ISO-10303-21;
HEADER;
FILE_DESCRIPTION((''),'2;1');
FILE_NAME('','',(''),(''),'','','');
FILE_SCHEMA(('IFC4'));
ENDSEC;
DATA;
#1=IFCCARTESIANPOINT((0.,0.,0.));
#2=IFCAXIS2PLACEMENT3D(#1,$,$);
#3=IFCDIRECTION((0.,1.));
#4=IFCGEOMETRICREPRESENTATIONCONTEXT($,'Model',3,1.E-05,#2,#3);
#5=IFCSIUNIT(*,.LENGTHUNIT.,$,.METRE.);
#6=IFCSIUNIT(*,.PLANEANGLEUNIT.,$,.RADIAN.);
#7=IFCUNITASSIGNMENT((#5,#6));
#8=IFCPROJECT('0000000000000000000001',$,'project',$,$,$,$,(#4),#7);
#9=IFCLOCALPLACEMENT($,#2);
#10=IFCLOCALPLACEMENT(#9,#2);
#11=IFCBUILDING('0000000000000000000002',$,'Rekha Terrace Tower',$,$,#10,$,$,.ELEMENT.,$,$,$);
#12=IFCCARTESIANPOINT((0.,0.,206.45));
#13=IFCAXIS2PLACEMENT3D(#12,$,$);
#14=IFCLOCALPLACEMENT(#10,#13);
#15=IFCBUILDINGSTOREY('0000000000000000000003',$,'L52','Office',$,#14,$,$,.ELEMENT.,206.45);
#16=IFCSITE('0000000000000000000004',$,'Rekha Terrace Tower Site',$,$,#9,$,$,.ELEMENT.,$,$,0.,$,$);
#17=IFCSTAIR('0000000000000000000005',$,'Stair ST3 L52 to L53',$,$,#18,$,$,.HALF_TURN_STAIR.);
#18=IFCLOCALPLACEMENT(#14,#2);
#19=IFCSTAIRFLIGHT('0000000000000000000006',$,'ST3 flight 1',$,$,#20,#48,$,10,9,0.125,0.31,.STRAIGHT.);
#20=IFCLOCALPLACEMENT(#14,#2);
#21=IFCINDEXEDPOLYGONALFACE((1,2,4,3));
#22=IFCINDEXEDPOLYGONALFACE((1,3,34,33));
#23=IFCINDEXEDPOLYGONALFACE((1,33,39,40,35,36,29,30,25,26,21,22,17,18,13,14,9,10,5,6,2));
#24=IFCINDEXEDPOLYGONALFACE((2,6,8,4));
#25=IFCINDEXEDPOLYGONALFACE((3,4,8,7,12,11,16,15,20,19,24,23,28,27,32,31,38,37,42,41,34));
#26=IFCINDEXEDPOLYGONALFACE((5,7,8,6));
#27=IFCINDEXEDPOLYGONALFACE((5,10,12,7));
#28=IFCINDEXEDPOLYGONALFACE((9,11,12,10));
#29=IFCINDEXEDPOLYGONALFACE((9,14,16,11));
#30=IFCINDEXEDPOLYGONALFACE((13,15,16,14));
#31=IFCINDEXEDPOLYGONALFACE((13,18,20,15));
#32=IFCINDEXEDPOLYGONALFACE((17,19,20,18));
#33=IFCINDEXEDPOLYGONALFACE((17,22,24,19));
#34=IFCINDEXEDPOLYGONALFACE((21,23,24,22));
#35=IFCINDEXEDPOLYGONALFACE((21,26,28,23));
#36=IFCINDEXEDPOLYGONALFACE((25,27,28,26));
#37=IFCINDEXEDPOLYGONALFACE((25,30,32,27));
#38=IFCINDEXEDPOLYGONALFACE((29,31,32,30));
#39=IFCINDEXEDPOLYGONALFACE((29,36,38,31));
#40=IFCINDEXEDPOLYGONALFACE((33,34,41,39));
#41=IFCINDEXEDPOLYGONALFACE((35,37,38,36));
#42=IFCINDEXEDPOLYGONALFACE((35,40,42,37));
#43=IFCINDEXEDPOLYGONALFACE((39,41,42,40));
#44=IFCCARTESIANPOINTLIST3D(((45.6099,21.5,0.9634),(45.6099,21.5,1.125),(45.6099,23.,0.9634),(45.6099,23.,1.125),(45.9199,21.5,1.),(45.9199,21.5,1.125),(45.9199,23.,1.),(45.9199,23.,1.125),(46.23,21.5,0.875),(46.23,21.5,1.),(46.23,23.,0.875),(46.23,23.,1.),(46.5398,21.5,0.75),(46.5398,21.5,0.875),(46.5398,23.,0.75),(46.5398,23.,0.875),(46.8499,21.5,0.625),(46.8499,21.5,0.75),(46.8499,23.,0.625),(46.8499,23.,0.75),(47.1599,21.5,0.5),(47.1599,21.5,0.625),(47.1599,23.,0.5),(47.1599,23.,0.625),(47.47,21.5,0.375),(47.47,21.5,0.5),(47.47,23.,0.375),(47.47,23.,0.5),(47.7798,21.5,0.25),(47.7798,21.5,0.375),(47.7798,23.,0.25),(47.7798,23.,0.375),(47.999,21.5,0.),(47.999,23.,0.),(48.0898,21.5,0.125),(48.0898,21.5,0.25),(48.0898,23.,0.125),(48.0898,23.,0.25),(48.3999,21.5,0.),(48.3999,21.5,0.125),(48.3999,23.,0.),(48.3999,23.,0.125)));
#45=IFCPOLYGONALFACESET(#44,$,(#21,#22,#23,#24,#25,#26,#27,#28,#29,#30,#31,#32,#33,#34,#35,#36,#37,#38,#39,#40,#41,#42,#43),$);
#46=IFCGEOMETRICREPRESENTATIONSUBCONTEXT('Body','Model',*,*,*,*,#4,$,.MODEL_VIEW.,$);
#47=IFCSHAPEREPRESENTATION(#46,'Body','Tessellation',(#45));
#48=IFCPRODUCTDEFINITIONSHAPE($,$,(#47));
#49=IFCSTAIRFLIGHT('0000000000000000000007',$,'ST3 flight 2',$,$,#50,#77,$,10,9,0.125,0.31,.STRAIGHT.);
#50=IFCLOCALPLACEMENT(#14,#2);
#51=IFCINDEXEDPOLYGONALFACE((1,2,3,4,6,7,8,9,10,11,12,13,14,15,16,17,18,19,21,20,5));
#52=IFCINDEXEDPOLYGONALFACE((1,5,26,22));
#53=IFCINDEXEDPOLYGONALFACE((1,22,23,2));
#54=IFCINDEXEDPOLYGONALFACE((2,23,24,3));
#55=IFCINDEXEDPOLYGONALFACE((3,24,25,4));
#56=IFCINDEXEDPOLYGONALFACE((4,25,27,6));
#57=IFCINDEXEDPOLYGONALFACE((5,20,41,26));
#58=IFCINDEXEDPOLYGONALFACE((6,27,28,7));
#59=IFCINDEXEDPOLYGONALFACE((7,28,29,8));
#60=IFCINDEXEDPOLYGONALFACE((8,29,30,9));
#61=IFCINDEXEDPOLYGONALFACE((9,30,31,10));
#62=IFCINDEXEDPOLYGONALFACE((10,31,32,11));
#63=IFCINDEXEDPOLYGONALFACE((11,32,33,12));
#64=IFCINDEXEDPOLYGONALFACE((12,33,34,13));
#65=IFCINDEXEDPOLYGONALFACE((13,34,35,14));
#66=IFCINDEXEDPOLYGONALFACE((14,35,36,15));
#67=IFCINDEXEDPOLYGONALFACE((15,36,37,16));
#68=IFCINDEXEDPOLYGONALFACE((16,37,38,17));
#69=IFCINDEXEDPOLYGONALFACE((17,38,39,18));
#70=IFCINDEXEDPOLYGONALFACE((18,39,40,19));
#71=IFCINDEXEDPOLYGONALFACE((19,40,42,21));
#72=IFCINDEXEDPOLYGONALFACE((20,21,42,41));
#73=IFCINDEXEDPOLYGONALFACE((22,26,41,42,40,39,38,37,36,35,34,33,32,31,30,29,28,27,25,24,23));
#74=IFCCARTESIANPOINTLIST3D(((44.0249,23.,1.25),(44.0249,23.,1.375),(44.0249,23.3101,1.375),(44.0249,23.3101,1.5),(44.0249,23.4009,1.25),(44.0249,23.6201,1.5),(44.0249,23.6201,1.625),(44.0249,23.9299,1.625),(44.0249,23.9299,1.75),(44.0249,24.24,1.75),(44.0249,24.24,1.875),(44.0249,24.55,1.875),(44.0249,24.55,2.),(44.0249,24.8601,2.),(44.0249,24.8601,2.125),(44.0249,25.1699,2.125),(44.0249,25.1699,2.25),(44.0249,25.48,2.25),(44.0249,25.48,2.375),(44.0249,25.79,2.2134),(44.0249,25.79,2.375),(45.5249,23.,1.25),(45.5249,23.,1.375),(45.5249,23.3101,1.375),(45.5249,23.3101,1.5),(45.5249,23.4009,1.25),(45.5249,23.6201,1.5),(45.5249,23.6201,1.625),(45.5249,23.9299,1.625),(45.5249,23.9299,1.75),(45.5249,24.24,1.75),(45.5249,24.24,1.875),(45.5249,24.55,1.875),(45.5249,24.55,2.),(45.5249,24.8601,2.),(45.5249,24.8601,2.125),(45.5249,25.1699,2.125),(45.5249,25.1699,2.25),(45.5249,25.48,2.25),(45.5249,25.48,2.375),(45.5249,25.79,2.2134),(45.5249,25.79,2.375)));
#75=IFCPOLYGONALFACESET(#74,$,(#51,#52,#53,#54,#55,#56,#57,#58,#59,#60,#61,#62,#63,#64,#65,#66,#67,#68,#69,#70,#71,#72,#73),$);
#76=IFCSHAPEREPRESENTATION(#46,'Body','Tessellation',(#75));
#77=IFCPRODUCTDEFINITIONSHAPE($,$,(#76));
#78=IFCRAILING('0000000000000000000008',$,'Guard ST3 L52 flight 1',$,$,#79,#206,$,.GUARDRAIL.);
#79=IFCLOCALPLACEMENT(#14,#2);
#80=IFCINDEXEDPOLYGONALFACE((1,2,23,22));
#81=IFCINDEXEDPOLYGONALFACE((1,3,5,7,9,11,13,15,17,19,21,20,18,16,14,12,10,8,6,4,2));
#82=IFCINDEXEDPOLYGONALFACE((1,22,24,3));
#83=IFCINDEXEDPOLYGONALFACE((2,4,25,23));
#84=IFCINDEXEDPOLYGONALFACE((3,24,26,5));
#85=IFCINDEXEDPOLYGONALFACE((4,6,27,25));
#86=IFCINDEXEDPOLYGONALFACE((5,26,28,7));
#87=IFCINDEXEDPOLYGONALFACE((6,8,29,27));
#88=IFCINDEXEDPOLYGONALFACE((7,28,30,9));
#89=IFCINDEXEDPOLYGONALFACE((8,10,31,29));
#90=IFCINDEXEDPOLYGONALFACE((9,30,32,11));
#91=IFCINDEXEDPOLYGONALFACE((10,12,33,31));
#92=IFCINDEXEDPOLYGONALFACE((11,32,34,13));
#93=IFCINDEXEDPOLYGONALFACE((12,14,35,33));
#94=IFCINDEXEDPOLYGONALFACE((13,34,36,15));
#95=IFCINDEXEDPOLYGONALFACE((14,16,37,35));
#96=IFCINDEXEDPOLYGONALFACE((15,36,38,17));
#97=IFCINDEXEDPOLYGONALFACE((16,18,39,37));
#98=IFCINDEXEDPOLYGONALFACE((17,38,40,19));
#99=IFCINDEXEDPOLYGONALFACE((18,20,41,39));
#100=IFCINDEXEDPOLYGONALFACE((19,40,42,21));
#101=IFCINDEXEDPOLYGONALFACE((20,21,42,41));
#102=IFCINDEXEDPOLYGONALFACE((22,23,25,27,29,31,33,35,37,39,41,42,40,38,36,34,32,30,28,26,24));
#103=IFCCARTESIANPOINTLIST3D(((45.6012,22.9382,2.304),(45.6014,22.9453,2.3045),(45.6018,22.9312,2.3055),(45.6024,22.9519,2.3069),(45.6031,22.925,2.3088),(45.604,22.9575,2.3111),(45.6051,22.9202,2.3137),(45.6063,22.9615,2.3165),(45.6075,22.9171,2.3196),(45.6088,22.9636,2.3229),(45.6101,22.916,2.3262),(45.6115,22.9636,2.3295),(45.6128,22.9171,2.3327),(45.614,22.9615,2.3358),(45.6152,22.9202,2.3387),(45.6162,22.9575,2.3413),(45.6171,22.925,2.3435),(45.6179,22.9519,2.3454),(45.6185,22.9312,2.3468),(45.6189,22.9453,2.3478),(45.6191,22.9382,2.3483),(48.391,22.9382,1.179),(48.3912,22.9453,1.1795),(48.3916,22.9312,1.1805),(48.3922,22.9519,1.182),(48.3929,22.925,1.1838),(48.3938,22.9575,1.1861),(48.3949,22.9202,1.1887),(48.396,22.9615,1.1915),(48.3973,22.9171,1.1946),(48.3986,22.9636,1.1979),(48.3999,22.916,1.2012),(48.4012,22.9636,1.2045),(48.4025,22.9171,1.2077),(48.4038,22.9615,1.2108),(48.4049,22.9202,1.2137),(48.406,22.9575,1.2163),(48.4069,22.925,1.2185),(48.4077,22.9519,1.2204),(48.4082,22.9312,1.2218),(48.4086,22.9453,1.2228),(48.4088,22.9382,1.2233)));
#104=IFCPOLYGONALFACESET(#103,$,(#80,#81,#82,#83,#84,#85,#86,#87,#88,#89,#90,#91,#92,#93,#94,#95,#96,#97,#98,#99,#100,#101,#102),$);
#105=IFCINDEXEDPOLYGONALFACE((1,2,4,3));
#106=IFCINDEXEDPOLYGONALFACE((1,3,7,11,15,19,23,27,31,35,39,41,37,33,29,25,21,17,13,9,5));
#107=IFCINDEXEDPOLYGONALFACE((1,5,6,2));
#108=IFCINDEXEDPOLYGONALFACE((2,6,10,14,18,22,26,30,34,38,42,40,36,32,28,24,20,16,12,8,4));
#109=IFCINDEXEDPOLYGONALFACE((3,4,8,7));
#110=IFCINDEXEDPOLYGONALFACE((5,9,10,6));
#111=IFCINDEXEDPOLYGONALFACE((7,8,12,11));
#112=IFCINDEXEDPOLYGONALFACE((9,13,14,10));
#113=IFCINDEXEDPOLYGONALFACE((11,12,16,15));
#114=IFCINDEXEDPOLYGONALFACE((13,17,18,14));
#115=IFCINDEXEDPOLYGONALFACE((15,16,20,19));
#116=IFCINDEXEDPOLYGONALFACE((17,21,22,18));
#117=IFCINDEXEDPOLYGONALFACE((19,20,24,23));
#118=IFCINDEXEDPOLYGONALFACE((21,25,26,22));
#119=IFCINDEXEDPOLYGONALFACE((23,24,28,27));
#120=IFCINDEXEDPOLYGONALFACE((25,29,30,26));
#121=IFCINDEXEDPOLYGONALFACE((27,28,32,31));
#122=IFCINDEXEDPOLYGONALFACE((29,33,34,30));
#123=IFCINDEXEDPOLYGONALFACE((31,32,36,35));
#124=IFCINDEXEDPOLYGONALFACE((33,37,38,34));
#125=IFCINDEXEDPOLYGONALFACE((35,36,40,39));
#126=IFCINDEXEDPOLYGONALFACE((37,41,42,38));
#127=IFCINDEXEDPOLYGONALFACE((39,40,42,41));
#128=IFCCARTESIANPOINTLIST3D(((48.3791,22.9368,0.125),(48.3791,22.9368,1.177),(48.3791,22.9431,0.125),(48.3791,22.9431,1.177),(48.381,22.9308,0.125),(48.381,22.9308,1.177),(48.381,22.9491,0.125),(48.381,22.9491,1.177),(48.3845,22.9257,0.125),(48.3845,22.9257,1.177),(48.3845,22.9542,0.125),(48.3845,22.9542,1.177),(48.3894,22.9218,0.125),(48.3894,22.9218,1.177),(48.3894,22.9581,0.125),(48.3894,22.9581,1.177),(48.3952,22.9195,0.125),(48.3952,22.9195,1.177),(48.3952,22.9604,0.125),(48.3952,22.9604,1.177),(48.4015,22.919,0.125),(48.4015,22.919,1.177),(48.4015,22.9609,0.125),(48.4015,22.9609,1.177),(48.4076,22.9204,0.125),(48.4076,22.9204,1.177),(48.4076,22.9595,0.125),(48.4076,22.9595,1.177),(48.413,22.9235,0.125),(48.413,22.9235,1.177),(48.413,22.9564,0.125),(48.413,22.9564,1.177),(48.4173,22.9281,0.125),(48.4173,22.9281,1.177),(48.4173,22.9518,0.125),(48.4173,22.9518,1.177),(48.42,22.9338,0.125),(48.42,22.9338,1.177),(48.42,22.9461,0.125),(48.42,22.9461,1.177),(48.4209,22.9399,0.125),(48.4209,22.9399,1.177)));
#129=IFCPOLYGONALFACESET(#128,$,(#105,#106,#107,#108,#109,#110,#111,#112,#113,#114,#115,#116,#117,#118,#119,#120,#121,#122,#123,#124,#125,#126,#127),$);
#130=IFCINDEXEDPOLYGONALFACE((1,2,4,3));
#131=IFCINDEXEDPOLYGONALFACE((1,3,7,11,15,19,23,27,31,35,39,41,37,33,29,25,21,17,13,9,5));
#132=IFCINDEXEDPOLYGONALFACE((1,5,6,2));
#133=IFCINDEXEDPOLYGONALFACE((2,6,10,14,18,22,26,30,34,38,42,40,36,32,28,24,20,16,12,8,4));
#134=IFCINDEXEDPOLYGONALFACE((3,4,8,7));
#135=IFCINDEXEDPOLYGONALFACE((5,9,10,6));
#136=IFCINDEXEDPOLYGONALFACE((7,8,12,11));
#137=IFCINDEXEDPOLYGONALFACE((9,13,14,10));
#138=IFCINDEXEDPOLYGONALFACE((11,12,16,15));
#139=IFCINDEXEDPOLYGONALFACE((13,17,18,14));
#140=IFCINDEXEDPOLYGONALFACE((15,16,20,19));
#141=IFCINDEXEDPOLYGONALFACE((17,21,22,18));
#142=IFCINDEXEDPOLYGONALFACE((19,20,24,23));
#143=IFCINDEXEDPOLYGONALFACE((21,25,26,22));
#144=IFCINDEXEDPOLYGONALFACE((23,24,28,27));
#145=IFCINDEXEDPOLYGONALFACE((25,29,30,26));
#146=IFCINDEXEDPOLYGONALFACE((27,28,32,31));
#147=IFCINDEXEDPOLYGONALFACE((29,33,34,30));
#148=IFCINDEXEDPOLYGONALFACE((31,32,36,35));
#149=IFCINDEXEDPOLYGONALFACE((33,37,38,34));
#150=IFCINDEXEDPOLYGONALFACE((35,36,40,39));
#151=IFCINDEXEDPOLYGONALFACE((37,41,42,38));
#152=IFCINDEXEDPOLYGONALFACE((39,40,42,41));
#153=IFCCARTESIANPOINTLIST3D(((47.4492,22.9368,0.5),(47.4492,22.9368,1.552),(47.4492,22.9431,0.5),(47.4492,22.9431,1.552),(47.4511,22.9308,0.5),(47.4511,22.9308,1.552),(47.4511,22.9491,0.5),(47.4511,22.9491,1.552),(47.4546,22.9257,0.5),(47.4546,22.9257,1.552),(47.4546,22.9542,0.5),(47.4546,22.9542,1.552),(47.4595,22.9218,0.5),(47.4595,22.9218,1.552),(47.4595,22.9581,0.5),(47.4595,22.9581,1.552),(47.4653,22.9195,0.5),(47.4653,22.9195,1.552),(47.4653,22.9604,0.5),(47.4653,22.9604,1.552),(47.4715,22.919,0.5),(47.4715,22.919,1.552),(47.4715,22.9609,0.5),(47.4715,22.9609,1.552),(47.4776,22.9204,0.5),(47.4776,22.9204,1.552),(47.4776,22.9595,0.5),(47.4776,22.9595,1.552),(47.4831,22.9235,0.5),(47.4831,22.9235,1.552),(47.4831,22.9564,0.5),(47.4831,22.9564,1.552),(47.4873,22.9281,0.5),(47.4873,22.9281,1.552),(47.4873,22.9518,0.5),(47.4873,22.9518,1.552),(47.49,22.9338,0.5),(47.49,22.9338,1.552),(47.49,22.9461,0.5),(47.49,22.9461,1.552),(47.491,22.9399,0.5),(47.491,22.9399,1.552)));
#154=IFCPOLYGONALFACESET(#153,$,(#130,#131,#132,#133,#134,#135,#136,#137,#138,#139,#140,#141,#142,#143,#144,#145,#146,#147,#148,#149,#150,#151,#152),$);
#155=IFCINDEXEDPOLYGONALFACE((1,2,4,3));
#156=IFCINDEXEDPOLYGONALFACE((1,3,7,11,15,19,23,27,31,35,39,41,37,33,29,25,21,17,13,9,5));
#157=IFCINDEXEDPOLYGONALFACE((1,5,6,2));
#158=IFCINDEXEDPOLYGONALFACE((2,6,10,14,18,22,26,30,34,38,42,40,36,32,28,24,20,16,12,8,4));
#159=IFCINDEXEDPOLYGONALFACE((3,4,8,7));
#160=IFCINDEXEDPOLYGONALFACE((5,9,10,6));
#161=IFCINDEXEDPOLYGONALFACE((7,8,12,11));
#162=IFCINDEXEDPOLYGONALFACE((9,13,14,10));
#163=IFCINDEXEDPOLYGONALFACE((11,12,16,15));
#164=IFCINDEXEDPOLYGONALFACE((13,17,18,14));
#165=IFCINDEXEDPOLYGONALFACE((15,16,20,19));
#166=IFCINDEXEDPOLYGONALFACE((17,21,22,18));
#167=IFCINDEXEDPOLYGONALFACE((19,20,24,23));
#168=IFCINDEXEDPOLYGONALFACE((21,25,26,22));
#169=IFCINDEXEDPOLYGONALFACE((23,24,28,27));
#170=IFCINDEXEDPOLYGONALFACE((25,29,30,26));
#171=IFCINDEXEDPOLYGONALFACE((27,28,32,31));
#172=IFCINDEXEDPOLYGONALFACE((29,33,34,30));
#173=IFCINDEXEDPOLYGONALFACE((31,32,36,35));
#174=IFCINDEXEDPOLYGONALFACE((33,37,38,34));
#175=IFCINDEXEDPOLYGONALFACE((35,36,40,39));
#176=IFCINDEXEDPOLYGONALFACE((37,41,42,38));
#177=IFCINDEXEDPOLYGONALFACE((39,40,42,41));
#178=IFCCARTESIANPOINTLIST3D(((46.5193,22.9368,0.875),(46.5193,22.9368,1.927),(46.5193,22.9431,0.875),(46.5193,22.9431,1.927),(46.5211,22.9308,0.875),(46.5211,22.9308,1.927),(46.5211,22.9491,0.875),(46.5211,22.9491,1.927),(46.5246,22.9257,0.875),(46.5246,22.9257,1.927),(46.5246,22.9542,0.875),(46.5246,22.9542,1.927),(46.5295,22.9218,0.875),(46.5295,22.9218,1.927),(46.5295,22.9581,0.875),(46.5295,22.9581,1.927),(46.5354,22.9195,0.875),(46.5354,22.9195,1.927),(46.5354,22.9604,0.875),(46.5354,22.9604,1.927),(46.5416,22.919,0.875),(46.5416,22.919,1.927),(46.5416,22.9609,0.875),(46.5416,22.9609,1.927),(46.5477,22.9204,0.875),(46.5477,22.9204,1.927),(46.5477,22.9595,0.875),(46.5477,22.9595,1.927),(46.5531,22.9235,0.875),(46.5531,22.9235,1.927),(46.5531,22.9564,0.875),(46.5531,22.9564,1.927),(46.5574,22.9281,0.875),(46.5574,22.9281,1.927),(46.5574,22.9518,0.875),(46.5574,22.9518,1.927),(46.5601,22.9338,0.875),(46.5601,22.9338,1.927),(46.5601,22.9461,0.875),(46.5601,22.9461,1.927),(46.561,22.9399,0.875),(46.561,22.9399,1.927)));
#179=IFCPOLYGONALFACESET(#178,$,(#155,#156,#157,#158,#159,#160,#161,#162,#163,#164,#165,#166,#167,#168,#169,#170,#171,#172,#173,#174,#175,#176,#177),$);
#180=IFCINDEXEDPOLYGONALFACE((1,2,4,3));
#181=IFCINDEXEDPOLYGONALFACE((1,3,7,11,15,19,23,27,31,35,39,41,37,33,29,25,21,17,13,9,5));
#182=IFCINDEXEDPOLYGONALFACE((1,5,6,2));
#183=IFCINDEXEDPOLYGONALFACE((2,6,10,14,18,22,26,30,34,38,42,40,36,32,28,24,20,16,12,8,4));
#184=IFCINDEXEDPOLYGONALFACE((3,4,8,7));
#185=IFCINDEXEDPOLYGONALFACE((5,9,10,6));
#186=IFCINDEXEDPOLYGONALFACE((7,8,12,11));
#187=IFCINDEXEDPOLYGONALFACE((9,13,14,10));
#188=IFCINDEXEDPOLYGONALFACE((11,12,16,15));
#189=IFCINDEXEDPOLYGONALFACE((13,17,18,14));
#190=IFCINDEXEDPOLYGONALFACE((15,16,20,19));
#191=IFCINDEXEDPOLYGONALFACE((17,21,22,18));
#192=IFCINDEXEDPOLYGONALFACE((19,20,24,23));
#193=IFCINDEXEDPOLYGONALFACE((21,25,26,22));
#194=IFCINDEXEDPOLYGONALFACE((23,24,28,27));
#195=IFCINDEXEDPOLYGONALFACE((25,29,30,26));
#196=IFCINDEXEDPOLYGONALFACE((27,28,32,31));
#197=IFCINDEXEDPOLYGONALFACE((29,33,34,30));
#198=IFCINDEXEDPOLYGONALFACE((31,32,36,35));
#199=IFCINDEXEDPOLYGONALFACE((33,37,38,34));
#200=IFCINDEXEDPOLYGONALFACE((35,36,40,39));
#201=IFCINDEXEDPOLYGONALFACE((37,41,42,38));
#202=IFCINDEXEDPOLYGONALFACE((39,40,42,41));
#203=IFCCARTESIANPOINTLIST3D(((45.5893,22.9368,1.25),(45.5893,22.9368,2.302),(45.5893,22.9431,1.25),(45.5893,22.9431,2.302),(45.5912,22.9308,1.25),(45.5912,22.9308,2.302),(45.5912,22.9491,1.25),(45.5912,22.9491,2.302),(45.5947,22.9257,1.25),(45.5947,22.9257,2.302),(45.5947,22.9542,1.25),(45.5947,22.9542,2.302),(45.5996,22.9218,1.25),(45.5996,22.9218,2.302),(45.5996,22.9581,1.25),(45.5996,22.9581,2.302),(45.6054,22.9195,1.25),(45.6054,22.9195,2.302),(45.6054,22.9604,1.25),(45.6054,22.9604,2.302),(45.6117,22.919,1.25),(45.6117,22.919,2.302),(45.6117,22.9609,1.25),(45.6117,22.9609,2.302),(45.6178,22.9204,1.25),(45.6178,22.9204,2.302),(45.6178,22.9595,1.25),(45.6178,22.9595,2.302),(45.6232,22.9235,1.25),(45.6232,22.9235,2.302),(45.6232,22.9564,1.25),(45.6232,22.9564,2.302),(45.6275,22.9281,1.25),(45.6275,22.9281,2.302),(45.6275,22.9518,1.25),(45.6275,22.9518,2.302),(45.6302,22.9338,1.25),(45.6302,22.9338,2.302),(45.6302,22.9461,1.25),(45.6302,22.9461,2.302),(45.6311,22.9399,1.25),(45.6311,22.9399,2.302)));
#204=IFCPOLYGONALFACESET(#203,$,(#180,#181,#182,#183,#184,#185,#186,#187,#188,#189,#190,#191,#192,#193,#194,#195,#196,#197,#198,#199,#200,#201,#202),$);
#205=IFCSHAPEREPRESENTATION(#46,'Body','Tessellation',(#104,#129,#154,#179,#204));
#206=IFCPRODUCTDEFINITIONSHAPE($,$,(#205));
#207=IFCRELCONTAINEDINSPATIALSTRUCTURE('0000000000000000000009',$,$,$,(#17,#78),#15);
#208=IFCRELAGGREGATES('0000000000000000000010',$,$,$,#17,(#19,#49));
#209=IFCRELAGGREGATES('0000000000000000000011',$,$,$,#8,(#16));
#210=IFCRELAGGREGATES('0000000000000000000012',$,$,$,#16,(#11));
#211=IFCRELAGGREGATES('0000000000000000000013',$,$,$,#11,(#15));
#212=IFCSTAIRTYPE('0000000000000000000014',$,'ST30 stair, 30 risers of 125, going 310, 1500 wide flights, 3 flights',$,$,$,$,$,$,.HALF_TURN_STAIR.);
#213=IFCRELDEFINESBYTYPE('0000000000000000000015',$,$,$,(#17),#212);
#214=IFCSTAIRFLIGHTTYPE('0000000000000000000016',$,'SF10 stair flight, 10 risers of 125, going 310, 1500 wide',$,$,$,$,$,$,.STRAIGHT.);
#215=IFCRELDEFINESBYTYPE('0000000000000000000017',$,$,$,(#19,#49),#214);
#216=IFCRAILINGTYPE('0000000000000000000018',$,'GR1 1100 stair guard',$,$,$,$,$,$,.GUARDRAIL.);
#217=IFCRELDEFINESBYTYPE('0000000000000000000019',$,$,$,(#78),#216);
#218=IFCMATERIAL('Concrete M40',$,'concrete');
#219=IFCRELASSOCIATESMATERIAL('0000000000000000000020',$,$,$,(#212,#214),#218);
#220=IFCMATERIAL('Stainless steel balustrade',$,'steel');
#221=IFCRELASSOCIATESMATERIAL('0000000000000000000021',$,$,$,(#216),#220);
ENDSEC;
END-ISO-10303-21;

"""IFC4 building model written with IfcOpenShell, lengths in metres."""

from ifc_helpers import new_model, si_unit, direction, frame, origin, origin_2d, place, context, subcontext, project, spatial, polyline, circle, outline, extrude, material, type_object, element, aggregate, save


model = new_model("IFC4")

# Units and contexts
model_context = context("Model", 3, precision=1e-05, world=origin(), true_north=direction((0.0, 1.0)))
body_context = subcontext(model_context, "Body", "Model", "MODEL_VIEW")
ifc_project = project(units=[si_unit("LENGTHUNIT", "METRE"), si_unit("PLANEANGLEUNIT", "RADIAN")], contexts=[model_context])

# Site, building, storey
site_placement = place(None, origin())
site = spatial("IfcSite", under=ifc_project, at=site_placement, Name="Rekha Terrace Tower Site", CompositionType="ELEMENT", RefElevation=0.0)
building_placement = place(site_placement, origin())
building = spatial("IfcBuilding", under=site, at=building_placement, Name="Rekha Terrace Tower", CompositionType="ELEMENT")
storey_placement = place(building_placement, frame((0.0, 0.0, 206.45)))
storey = spatial("IfcBuildingStorey", under=building, at=storey_placement, Name="L52", Description="Office", CompositionType="ELEMENT", Elevation=206.45)

# Stair, stair flights
ifc_material_1 = material(Name="Concrete M40", Category="concrete")
stair_type = type_object("IfcStairType", Name="ST30 stair, 30 risers of 125, going 310, 1500 wide flights, 3 flights", PredefinedType="HALF_TURN_STAIR", material=ifc_material_1)
stair_placement = place(storey_placement, origin())
stair = element("IfcStair", 1, at=stair_placement, inside=storey, type_object=stair_type, Name="Stair ST3 L52 to L53", PredefinedType="HALF_TURN_STAIR")
stair_flight_type = type_object("IfcStairFlightType", Name="SF10 stair flight, 10 risers of 125, going 310, 1500 wide", PredefinedType="STRAIGHT", material=ifc_material_1)
stair_flight_1_placement = place(storey_placement, frame((48.3999, 22.25, 0.0), z_axis=(0.0, 0.0, 1.0), x_axis=(-1.0, 0.0, 0.0)))
stair_flight_1 = element("IfcStairFlight", 2, at=stair_flight_1_placement, type_object=stair_flight_type, Name="ST3 flight 1", NumberOfRisers=10, NumberOfTreads=9, PredefinedType="STRAIGHT", RiserHeight=0.125, TreadLength=0.31, context=body_context, shape_type="SweptSolid", body=[
    extrude(outline(polyline([(0.0, 0.0), (0.0, 0.125), (0.3101, 0.125), (0.3101, 0.25), (0.6201, 0.25), (0.6201, 0.375), (0.9299, 0.375), (0.9299, 0.5), (1.24, 0.5), (1.24, 0.625), (1.55, 0.625), (1.55, 0.75), (1.8601, 0.75), (1.8601, 0.875), (2.1699, 0.875), (2.1699, 1.0), (2.48, 1.0), (2.48, 1.125), (2.79, 1.125), (2.79, 1.25), (2.79, 0.9634), (0.4009, 0.0), (0.0, 0.0)])), frame((0.0, 0.75, 0.0), z_axis=(0.0, -1.0, 0.0), x_axis=(1.0, 0.0, 0.0)), (0.0, 0.0, 1.0), 1.5),
])
stair_flight_2_placement = place(storey_placement, frame((44.7749, 23.0, 1.25), z_axis=(0.0, 0.0, 1.0), x_axis=(0.0, 1.0, 0.0)))
stair_flight_2 = element("IfcStairFlight", 3, at=stair_flight_2_placement, type_object=stair_flight_type, Name="ST3 flight 2", NumberOfRisers=10, NumberOfTreads=9, PredefinedType="STRAIGHT", RiserHeight=0.125, TreadLength=0.31, context=body_context, shape_type="SweptSolid", body=[
    extrude(outline(polyline([(0.0, 0.0), (0.0, 0.125), (0.3101, 0.125), (0.3101, 0.25), (0.6201, 0.25), (0.6201, 0.375), (0.9299, 0.375), (0.9299, 0.5), (1.24, 0.5), (1.24, 0.625), (1.55, 0.625), (1.55, 0.75), (1.8601, 0.75), (1.8601, 0.875), (2.1699, 0.875), (2.1699, 1.0), (2.48, 1.0), (2.48, 1.125), (2.79, 1.125), (2.79, 1.25), (2.79, 0.9634), (0.4009, 0.0), (0.0, 0.0)])), frame((0.0, 0.75, 0.0), z_axis=(0.0, -1.0, 0.0), x_axis=(1.0, 0.0, 0.0)), (0.0, 0.0, 1.0), 1.5),
])
aggregate(stair, [stair_flight_1, stair_flight_2])

# Railing
ifc_material_2 = material(Name="Stainless steel balustrade", Category="steel")
railing_type_1 = type_object("IfcRailingType", Name="GR1 1100 stair guard", PredefinedType="GUARDRAIL", material=ifc_material_2)
railing_1_placement = place(storey_placement, frame((48.3999, 22.9399, 0.125)))
element("IfcRailing", 4, at=railing_1_placement, inside=storey, type_object=railing_type_1, Name="Guard ST3 L52 flight 1", PredefinedType="GUARDRAIL", context=body_context, shape_type="SweptSolid", body=[
    extrude(circle(Radius=0.0239, at=origin_2d()), frame((0.0, 0.0, 1.0762), z_axis=(-0.927432, 0.0, 0.373992), x_axis=(0.0, -1.0, 0.0)), (0.0, 0.0, 1.0), 3.0081),
    extrude(circle(Radius=0.021, at=origin_2d()), origin(), (0.0, 0.0, 1.0), 1.052),
    extrude(circle(Radius=0.021, at=origin_2d()), frame((-0.9299, 0.0, 0.375)), (0.0, 0.0, 1.0), 1.052),
    extrude(circle(Radius=0.021, at=origin_2d()), frame((-1.8599, 0.0, 0.75)), (0.0, 0.0, 1.0), 1.052),
    extrude(circle(Radius=0.021, at=origin_2d()), frame((-2.7898, 0.0, 1.125)), (0.0, 0.0, 1.0), 1.052),
])

save(model, "model.ifc")
